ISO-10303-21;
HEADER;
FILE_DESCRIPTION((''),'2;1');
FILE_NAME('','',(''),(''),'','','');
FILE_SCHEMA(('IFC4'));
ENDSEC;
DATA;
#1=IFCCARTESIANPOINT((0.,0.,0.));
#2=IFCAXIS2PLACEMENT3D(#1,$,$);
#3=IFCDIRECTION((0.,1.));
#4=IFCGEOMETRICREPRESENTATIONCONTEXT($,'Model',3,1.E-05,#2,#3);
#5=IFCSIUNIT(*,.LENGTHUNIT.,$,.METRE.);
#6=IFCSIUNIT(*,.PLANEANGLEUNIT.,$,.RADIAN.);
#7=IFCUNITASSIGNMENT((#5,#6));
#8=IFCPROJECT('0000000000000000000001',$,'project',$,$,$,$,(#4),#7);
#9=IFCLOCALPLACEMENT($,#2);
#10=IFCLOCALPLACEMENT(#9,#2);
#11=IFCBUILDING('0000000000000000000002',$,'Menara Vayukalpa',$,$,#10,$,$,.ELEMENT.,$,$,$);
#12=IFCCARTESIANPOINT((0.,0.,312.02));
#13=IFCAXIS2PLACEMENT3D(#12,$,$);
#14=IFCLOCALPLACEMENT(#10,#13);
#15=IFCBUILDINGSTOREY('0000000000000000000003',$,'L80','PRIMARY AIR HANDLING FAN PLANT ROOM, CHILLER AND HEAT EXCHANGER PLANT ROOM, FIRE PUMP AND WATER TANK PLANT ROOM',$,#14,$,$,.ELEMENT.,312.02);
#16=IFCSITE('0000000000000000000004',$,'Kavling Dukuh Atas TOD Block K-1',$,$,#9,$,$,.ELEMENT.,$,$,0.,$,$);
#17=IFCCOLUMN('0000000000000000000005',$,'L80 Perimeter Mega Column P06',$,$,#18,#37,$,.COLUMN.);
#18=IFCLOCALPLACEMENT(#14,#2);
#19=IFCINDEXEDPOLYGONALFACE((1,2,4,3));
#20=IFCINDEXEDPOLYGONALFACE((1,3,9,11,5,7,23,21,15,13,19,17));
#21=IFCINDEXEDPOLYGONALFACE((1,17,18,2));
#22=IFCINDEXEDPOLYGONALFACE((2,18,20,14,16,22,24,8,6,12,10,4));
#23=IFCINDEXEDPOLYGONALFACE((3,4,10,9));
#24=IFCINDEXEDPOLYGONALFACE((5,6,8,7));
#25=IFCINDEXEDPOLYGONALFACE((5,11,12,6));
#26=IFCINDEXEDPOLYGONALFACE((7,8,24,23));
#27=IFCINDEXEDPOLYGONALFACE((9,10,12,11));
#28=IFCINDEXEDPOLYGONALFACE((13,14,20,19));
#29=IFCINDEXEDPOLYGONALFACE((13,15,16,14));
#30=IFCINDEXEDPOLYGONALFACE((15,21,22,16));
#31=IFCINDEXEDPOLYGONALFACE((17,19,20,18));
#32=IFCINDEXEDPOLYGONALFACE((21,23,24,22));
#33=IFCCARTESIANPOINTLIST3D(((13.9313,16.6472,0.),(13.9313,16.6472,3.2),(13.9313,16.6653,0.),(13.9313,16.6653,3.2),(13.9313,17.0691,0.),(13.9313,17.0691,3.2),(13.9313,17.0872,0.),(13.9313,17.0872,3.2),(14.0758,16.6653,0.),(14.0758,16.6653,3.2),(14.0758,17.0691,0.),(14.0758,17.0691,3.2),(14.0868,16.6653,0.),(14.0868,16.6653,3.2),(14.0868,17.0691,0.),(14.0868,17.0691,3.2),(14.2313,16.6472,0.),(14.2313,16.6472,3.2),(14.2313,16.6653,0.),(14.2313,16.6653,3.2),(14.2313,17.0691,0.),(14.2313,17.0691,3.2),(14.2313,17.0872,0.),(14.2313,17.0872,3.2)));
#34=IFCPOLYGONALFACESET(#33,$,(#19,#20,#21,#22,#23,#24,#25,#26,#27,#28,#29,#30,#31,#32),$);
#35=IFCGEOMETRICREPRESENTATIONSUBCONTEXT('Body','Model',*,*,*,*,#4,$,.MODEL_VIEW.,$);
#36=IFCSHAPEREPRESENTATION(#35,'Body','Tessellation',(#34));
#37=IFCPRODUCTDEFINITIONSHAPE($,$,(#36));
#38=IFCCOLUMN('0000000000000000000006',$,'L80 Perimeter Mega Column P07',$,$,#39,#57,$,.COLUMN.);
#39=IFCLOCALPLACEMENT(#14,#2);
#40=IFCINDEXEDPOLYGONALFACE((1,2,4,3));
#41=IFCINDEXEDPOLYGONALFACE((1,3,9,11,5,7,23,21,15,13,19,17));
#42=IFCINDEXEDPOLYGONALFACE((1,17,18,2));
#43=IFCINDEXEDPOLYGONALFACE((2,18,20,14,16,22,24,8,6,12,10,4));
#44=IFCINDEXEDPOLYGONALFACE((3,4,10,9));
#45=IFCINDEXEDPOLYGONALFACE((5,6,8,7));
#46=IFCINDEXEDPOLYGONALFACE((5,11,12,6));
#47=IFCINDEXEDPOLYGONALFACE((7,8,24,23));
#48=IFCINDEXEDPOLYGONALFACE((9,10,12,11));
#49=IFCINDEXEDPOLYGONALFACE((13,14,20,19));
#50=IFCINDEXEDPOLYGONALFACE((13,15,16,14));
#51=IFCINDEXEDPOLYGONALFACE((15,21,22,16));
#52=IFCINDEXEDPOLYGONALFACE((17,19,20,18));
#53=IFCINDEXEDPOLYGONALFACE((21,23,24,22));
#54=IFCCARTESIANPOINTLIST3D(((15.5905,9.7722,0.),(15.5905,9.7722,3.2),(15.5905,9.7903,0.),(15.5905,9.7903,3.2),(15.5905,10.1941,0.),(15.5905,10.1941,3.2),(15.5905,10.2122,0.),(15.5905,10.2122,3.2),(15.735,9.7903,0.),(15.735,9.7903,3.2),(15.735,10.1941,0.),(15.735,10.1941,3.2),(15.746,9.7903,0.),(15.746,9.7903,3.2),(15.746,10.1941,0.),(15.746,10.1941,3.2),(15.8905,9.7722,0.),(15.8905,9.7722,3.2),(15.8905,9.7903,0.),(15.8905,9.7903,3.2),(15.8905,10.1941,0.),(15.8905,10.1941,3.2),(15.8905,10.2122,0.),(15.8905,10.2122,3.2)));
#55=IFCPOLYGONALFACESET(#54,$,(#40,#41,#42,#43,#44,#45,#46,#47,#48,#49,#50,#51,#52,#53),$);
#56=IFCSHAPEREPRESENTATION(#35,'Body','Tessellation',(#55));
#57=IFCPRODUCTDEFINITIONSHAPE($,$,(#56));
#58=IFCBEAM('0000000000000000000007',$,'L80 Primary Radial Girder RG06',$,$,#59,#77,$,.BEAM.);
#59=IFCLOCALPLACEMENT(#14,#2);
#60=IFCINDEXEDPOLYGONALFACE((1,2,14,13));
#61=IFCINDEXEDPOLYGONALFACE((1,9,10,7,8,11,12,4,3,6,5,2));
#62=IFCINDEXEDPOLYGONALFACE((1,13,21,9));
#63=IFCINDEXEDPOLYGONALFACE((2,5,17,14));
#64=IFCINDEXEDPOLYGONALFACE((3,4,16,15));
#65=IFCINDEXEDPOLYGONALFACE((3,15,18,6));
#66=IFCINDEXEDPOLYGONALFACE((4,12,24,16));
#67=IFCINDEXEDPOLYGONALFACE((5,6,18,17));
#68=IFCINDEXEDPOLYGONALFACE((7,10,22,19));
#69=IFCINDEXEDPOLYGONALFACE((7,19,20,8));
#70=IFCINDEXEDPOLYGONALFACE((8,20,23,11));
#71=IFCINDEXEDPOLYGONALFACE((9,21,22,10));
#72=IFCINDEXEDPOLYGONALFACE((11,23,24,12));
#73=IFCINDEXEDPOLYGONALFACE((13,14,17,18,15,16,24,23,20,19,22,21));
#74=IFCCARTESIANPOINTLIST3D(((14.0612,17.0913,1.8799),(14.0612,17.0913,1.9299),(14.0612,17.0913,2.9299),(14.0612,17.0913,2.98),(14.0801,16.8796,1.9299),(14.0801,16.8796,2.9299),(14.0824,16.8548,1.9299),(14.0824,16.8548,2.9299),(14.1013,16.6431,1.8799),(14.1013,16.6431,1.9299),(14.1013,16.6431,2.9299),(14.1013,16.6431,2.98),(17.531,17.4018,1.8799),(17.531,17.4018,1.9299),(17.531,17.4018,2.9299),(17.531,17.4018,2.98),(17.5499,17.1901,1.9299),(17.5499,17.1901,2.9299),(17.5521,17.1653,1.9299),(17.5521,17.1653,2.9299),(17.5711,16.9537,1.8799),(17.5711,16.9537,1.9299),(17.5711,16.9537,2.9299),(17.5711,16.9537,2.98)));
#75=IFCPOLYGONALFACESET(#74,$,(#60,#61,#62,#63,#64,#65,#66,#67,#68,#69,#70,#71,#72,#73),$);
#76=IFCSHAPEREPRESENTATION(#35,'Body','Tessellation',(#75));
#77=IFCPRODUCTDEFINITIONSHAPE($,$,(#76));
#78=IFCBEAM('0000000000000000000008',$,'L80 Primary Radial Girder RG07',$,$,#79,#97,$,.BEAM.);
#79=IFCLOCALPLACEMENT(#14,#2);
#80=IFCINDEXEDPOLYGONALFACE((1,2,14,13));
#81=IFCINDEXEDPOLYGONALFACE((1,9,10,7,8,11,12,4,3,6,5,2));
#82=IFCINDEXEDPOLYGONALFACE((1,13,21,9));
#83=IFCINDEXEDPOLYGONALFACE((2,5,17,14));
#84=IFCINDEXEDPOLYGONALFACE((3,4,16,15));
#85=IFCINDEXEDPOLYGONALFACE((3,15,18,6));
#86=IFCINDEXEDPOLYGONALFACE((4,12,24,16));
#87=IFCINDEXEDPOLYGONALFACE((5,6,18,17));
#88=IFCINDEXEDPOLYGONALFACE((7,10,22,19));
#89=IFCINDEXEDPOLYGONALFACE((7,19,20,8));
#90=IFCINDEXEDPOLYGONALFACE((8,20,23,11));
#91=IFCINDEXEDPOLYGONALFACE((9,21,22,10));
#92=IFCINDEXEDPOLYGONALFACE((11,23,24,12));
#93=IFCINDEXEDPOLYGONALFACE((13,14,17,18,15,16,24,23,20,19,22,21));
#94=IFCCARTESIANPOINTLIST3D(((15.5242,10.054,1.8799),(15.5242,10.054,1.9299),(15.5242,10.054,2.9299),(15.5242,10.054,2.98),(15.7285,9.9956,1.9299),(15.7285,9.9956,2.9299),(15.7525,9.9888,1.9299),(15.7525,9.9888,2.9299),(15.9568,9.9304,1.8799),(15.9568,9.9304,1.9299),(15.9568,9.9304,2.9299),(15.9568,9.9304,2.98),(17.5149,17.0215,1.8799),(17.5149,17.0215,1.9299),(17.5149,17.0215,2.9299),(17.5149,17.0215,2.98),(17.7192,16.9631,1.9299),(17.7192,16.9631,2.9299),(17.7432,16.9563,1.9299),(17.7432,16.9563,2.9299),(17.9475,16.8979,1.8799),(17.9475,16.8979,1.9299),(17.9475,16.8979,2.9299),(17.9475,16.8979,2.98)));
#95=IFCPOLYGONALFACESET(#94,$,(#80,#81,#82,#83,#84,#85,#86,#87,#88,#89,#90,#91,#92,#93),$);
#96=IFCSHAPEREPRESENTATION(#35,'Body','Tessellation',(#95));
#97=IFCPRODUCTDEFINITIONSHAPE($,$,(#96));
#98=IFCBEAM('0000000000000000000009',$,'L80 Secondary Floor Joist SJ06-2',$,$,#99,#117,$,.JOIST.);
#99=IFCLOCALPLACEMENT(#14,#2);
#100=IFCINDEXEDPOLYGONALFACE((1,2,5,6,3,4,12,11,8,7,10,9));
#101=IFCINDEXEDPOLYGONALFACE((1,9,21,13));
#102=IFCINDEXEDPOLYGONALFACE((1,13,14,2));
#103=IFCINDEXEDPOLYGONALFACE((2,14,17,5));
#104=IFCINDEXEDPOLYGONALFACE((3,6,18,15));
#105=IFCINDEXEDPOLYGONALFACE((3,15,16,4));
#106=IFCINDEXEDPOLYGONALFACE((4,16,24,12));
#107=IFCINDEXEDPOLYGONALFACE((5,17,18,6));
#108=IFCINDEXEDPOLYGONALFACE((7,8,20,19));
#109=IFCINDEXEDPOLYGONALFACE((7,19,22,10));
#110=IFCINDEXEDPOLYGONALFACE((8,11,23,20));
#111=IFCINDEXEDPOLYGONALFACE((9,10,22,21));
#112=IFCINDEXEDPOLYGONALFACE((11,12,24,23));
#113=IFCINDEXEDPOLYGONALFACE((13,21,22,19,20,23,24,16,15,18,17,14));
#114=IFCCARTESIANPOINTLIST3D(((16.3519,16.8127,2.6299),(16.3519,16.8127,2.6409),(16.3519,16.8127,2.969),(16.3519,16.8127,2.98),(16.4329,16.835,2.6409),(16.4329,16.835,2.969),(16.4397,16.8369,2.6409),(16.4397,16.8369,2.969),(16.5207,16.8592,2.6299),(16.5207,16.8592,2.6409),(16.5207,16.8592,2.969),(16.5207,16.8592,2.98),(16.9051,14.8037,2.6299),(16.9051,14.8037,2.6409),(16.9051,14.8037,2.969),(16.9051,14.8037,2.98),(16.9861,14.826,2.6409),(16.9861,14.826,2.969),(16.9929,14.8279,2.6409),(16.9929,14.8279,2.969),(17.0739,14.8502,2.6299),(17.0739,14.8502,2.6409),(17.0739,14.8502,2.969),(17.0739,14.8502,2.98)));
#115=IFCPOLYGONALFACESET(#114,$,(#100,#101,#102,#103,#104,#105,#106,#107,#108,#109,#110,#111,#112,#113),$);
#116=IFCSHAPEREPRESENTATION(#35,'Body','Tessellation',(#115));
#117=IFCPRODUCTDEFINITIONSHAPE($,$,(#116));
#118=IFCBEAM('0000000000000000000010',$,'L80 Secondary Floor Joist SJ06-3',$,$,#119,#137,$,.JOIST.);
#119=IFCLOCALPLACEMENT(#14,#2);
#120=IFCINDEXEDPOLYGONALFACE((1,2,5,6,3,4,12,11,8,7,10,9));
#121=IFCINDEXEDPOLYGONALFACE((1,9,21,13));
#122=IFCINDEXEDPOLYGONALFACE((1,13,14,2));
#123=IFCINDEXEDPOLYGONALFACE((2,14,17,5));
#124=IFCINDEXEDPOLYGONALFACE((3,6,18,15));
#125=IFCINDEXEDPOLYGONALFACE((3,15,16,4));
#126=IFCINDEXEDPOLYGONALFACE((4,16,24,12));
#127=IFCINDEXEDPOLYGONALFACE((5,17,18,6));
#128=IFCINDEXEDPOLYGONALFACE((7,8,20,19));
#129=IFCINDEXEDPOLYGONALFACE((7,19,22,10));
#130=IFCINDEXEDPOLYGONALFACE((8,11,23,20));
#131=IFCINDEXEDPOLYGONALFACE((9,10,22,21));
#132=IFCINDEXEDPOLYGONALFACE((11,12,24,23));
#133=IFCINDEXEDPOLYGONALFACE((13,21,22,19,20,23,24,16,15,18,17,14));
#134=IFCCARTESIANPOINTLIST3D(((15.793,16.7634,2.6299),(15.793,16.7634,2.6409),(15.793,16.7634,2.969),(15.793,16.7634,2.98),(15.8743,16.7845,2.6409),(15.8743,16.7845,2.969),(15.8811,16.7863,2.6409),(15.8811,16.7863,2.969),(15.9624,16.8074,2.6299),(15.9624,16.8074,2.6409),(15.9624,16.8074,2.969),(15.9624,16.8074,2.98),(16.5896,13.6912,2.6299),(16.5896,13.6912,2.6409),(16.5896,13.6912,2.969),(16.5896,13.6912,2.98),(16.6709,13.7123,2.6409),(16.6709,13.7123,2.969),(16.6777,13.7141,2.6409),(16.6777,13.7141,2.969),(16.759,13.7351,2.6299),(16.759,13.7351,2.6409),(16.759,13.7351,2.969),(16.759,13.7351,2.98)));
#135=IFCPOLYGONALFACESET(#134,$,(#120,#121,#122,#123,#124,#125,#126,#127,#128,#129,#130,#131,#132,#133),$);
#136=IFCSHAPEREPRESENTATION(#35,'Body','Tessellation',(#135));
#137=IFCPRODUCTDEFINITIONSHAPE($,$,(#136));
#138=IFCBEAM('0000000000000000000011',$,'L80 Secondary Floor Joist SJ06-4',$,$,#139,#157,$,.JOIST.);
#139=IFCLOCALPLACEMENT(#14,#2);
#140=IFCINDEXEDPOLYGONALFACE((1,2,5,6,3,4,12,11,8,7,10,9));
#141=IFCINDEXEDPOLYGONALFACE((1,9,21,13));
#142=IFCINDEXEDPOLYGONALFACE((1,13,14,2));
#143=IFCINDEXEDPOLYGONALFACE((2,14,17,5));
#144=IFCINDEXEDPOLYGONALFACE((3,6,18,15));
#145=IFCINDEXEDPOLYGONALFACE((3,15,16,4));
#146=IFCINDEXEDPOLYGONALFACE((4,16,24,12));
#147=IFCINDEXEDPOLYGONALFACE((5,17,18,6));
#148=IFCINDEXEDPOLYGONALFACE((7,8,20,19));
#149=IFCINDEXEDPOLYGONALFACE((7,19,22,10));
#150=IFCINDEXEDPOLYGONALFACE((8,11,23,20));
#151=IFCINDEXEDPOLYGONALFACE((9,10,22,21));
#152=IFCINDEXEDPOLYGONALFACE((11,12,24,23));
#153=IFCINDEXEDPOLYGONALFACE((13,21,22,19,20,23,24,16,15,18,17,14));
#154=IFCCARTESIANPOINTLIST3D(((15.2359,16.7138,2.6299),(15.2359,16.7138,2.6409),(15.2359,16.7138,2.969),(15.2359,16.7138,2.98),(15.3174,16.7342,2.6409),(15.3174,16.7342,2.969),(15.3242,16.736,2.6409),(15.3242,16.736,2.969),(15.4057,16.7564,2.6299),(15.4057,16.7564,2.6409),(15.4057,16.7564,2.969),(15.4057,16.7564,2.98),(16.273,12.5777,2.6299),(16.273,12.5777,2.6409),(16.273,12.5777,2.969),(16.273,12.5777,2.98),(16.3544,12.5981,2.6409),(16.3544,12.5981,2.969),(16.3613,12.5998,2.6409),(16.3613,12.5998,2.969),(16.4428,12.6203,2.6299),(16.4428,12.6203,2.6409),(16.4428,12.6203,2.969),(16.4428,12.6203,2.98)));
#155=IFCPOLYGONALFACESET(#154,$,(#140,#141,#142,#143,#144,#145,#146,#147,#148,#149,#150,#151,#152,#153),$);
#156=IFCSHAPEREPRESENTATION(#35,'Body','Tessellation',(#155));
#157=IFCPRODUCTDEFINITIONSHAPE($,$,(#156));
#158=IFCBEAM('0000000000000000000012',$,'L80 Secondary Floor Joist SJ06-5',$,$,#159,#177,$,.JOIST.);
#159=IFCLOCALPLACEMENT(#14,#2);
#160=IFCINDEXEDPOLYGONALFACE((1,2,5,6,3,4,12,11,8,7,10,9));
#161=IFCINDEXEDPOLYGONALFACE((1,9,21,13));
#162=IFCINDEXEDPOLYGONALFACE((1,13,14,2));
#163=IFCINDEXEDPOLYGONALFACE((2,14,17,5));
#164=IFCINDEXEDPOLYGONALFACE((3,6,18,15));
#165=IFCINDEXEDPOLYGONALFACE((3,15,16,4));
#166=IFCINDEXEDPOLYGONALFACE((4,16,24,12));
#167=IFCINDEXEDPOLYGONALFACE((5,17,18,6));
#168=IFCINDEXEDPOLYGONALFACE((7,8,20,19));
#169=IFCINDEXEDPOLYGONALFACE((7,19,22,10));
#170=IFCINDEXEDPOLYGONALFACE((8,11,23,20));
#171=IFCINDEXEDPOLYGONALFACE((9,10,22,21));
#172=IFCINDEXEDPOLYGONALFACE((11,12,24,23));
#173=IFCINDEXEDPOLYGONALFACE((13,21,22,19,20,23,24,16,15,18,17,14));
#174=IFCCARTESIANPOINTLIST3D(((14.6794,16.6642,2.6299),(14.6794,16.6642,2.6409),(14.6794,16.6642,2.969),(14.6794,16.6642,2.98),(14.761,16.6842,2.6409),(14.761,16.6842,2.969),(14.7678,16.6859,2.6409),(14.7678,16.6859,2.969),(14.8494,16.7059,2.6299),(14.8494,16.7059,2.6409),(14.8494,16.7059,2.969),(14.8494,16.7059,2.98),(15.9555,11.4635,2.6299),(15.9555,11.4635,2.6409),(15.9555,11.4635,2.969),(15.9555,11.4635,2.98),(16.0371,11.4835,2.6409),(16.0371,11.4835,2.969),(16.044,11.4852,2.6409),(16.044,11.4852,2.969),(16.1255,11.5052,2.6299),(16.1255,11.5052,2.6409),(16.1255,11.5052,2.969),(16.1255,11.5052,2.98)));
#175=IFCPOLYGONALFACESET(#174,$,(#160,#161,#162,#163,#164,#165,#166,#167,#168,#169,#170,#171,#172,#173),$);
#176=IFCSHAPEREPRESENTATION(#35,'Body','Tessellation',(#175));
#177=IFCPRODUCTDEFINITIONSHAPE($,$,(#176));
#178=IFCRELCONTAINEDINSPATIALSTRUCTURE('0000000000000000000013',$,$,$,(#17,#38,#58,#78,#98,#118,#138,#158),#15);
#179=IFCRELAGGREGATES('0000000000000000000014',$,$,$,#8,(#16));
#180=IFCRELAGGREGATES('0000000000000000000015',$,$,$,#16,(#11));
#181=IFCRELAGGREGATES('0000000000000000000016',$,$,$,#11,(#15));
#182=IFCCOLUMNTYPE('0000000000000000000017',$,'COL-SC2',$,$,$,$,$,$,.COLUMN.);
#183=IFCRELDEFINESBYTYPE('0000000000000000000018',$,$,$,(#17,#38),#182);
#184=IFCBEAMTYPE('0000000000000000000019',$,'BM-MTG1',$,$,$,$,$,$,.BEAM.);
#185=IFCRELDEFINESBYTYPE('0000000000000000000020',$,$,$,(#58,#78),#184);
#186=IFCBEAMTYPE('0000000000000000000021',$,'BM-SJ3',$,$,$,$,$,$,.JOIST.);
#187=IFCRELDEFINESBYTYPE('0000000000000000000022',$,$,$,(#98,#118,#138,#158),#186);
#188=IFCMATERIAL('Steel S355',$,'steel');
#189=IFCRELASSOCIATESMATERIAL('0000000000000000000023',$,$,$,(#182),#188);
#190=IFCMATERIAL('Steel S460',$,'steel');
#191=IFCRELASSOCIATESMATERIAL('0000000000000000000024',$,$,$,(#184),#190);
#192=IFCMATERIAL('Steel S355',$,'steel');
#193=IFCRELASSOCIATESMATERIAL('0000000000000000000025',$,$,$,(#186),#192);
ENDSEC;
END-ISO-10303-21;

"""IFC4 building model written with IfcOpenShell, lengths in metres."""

from ifc_helpers import new_model, si_unit, direction, frame, origin, origin_2d, place, context, subcontext, project, spatial, i_section, extrude, material, material_profile, profile_set, type_object, element, save


model = new_model("IFC4")

# Units and contexts
model_context = context("Model", 3, precision=1e-05, world=origin(), true_north=direction((0.0, 1.0)))
body_context = subcontext(model_context, "Body", "Model", "MODEL_VIEW")
ifc_project = project(units=[si_unit("LENGTHUNIT", "METRE"), si_unit("PLANEANGLEUNIT", "RADIAN")], contexts=[model_context])

# Site, building, storey
site_placement = place(None, origin())
site = spatial("IfcSite", under=ifc_project, at=site_placement, Name="Kavling Dukuh Atas TOD Block K-1", CompositionType="ELEMENT", RefElevation=0.0)
building_placement = place(site_placement, origin())
building = spatial("IfcBuilding", under=site, at=building_placement, Name="Menara Vayukalpa", CompositionType="ELEMENT")
storey_placement = place(building_placement, frame((0.0, 0.0, 312.02)))
storey = spatial("IfcBuildingStorey", under=building, at=storey_placement, Name="L80", Description="PRIMARY AIR HANDLING FAN PLANT ROOM, CHILLER AND HEAT EXCHANGER PLANT ROOM, FIRE PUMP AND WATER TANK PLANT ROOM", CompositionType="ELEMENT", Elevation=312.02)

# Columns
ifc_material_1 = material(Name="Steel S355", Category="steel")
ifc_material_profile_1 = material_profile(ifc_material_1, i_section(OverallWidth=0.3, OverallDepth=0.4399, WebThickness=0.011, FlangeThickness=0.0181, at=origin_2d()), Name="H 440x300x11x18")
ifc_profile_set_1 = profile_set([ifc_material_profile_1], Name="Steel S355")
column_type = type_object("IfcColumnType", Name="COL-SC2", PredefinedType="COLUMN", material=ifc_profile_set_1)
for number, where, z_axis, x_axis, name in (
    (1, (14.0813, 16.8672, 0.0), (0.0, 0.0, 1.0), (1.0, 0.0, 0.0), "L80 Perimeter Mega Column P06"),
    (2, (15.7405, 9.9922, 0.0), (0.0, 0.0, 1.0), (1.0, 0.0, 0.0), "L80 Perimeter Mega Column P07"),
):
    element("IfcColumn", number, at=place(storey_placement, frame(where, z_axis=z_axis, x_axis=x_axis)), inside=storey, type_object=column_type, Name=name, PredefinedType="COLUMN", context=body_context, shape_type="SweptSolid", body=[
        extrude(i_section(OverallWidth=0.3, OverallDepth=0.4399, WebThickness=0.011, FlangeThickness=0.0181, at=origin_2d()), origin(), (0.0, 0.0, 1.0), 3.2),
    ])

# Beams
ifc_material_2 = material(Name="Steel S460", Category="steel")
ifc_material_profile_2 = material_profile(ifc_material_2, i_section(OverallWidth=0.45, OverallDepth=1.1001, WebThickness=0.0249, FlangeThickness=0.05, at=origin_2d()), Name="WG 1100x450x25x50")
ifc_profile_set_2 = profile_set([ifc_material_profile_2], Name="Steel S460")
beam_type_1 = type_object("IfcBeamType", Name="BM-MTG1", PredefinedType="BEAM", material=ifc_profile_set_2)
beam_1_placement = place(storey_placement, frame((17.551, 17.1777, 2.4299), z_axis=(-0.996019, -0.089145, 0.0), x_axis=(0.089145, -0.996019, 0.0)))
element("IfcBeam", 3, at=beam_1_placement, inside=storey, type_object=beam_type_1, Name="L80 Primary Radial Girder RG06", PredefinedType="BEAM", context=body_context, shape_type="SweptSolid", body=[
    extrude(i_section(OverallWidth=0.45, OverallDepth=1.1001, WebThickness=0.0249, FlangeThickness=0.05, at=origin_2d()), origin(), (0.0, 0.0, 1.0), 3.4836),
])
beam_2_placement = place(storey_placement, frame((17.7312, 16.9597, 2.4299), z_axis=(-0.274721, -0.961524, 0.0), x_axis=(0.961524, -0.274721, 0.0)))
element("IfcBeam", 4, at=beam_2_placement, inside=storey, type_object=beam_type_1, Name="L80 Primary Radial Girder RG07", PredefinedType="BEAM", context=body_context, shape_type="SweptSolid", body=[
    extrude(i_section(OverallWidth=0.45, OverallDepth=1.1001, WebThickness=0.0249, FlangeThickness=0.05, at=origin_2d()), origin(), (0.0, 0.0, 1.0), 7.2463),
])
ifc_material_3 = material(Name="Steel S355", Category="steel")
ifc_material_profile_3 = material_profile(ifc_material_3, i_section(OverallWidth=0.175, OverallDepth=0.3501, WebThickness=0.0071, FlangeThickness=0.011, at=origin_2d()), Name="WF 350x175x7x11")
ifc_profile_set_3 = profile_set([ifc_material_profile_3], Name="Steel S355")
beam_type_2 = type_object("IfcBeamType", Name="BM-SJ3", PredefinedType="JOIST", material=ifc_profile_set_3)
beam_3_placement = place(storey_placement, frame((16.4363, 16.8359, 2.8049), z_axis=(0.265486, -0.964115, 0.0), x_axis=(0.964115, 0.265486, 0.0)))
element("IfcBeam", 5, at=beam_3_placement, inside=storey, type_object=beam_type_2, Name="L80 Secondary Floor Joist SJ06-2", PredefinedType="JOIST", context=body_context, shape_type="SweptSolid", body=[
    extrude(i_section(OverallWidth=0.175, OverallDepth=0.3501, WebThickness=0.0071, FlangeThickness=0.011, at=origin_2d()), origin(), (0.0, 0.0, 1.0), 2.0837),
])
beam_4_placement = place(storey_placement, frame((15.8777, 16.7854, 2.8049), z_axis=(0.250997, -0.967988, 0.0), x_axis=(0.967988, 0.250997, 0.0)))
element("IfcBeam", 6, at=beam_4_placement, inside=storey, type_object=beam_type_2, Name="L80 Secondary Floor Joist SJ06-3", PredefinedType="JOIST", context=body_context, shape_type="SweptSolid", body=[
    extrude(i_section(OverallWidth=0.175, OverallDepth=0.3501, WebThickness=0.0071, FlangeThickness=0.011, at=origin_2d()), origin(), (0.0, 0.0, 1.0), 3.1738),
])
beam_5_placement = place(storey_placement, frame((15.3208, 16.7351, 2.8049), z_axis=(0.243209, -0.969974, 0.0), x_axis=(0.969974, 0.243209, 0.0)))
element("IfcBeam", 7, at=beam_5_placement, inside=storey, type_object=beam_type_2, Name="L80 Secondary Floor Joist SJ06-4", PredefinedType="JOIST", context=body_context, shape_type="SweptSolid", body=[
    extrude(i_section(OverallWidth=0.175, OverallDepth=0.3501, WebThickness=0.0071, FlangeThickness=0.011, at=origin_2d()), origin(), (0.0, 0.0, 1.0), 4.2642),
])
beam_6_placement = place(storey_placement, frame((14.7644, 16.6851, 2.8049), z_axis=(0.238307, -0.97119, 0.0), x_axis=(0.97119, 0.238307, 0.0)))
element("IfcBeam", 8, at=beam_6_placement, inside=storey, type_object=beam_type_2, Name="L80 Secondary Floor Joist SJ06-5", PredefinedType="JOIST", context=body_context, shape_type="SweptSolid", body=[
    extrude(i_section(OverallWidth=0.175, OverallDepth=0.3501, WebThickness=0.0071, FlangeThickness=0.011, at=origin_2d()), origin(), (0.0, 0.0, 1.0), 5.355),
])

save(model, "model.ifc")
